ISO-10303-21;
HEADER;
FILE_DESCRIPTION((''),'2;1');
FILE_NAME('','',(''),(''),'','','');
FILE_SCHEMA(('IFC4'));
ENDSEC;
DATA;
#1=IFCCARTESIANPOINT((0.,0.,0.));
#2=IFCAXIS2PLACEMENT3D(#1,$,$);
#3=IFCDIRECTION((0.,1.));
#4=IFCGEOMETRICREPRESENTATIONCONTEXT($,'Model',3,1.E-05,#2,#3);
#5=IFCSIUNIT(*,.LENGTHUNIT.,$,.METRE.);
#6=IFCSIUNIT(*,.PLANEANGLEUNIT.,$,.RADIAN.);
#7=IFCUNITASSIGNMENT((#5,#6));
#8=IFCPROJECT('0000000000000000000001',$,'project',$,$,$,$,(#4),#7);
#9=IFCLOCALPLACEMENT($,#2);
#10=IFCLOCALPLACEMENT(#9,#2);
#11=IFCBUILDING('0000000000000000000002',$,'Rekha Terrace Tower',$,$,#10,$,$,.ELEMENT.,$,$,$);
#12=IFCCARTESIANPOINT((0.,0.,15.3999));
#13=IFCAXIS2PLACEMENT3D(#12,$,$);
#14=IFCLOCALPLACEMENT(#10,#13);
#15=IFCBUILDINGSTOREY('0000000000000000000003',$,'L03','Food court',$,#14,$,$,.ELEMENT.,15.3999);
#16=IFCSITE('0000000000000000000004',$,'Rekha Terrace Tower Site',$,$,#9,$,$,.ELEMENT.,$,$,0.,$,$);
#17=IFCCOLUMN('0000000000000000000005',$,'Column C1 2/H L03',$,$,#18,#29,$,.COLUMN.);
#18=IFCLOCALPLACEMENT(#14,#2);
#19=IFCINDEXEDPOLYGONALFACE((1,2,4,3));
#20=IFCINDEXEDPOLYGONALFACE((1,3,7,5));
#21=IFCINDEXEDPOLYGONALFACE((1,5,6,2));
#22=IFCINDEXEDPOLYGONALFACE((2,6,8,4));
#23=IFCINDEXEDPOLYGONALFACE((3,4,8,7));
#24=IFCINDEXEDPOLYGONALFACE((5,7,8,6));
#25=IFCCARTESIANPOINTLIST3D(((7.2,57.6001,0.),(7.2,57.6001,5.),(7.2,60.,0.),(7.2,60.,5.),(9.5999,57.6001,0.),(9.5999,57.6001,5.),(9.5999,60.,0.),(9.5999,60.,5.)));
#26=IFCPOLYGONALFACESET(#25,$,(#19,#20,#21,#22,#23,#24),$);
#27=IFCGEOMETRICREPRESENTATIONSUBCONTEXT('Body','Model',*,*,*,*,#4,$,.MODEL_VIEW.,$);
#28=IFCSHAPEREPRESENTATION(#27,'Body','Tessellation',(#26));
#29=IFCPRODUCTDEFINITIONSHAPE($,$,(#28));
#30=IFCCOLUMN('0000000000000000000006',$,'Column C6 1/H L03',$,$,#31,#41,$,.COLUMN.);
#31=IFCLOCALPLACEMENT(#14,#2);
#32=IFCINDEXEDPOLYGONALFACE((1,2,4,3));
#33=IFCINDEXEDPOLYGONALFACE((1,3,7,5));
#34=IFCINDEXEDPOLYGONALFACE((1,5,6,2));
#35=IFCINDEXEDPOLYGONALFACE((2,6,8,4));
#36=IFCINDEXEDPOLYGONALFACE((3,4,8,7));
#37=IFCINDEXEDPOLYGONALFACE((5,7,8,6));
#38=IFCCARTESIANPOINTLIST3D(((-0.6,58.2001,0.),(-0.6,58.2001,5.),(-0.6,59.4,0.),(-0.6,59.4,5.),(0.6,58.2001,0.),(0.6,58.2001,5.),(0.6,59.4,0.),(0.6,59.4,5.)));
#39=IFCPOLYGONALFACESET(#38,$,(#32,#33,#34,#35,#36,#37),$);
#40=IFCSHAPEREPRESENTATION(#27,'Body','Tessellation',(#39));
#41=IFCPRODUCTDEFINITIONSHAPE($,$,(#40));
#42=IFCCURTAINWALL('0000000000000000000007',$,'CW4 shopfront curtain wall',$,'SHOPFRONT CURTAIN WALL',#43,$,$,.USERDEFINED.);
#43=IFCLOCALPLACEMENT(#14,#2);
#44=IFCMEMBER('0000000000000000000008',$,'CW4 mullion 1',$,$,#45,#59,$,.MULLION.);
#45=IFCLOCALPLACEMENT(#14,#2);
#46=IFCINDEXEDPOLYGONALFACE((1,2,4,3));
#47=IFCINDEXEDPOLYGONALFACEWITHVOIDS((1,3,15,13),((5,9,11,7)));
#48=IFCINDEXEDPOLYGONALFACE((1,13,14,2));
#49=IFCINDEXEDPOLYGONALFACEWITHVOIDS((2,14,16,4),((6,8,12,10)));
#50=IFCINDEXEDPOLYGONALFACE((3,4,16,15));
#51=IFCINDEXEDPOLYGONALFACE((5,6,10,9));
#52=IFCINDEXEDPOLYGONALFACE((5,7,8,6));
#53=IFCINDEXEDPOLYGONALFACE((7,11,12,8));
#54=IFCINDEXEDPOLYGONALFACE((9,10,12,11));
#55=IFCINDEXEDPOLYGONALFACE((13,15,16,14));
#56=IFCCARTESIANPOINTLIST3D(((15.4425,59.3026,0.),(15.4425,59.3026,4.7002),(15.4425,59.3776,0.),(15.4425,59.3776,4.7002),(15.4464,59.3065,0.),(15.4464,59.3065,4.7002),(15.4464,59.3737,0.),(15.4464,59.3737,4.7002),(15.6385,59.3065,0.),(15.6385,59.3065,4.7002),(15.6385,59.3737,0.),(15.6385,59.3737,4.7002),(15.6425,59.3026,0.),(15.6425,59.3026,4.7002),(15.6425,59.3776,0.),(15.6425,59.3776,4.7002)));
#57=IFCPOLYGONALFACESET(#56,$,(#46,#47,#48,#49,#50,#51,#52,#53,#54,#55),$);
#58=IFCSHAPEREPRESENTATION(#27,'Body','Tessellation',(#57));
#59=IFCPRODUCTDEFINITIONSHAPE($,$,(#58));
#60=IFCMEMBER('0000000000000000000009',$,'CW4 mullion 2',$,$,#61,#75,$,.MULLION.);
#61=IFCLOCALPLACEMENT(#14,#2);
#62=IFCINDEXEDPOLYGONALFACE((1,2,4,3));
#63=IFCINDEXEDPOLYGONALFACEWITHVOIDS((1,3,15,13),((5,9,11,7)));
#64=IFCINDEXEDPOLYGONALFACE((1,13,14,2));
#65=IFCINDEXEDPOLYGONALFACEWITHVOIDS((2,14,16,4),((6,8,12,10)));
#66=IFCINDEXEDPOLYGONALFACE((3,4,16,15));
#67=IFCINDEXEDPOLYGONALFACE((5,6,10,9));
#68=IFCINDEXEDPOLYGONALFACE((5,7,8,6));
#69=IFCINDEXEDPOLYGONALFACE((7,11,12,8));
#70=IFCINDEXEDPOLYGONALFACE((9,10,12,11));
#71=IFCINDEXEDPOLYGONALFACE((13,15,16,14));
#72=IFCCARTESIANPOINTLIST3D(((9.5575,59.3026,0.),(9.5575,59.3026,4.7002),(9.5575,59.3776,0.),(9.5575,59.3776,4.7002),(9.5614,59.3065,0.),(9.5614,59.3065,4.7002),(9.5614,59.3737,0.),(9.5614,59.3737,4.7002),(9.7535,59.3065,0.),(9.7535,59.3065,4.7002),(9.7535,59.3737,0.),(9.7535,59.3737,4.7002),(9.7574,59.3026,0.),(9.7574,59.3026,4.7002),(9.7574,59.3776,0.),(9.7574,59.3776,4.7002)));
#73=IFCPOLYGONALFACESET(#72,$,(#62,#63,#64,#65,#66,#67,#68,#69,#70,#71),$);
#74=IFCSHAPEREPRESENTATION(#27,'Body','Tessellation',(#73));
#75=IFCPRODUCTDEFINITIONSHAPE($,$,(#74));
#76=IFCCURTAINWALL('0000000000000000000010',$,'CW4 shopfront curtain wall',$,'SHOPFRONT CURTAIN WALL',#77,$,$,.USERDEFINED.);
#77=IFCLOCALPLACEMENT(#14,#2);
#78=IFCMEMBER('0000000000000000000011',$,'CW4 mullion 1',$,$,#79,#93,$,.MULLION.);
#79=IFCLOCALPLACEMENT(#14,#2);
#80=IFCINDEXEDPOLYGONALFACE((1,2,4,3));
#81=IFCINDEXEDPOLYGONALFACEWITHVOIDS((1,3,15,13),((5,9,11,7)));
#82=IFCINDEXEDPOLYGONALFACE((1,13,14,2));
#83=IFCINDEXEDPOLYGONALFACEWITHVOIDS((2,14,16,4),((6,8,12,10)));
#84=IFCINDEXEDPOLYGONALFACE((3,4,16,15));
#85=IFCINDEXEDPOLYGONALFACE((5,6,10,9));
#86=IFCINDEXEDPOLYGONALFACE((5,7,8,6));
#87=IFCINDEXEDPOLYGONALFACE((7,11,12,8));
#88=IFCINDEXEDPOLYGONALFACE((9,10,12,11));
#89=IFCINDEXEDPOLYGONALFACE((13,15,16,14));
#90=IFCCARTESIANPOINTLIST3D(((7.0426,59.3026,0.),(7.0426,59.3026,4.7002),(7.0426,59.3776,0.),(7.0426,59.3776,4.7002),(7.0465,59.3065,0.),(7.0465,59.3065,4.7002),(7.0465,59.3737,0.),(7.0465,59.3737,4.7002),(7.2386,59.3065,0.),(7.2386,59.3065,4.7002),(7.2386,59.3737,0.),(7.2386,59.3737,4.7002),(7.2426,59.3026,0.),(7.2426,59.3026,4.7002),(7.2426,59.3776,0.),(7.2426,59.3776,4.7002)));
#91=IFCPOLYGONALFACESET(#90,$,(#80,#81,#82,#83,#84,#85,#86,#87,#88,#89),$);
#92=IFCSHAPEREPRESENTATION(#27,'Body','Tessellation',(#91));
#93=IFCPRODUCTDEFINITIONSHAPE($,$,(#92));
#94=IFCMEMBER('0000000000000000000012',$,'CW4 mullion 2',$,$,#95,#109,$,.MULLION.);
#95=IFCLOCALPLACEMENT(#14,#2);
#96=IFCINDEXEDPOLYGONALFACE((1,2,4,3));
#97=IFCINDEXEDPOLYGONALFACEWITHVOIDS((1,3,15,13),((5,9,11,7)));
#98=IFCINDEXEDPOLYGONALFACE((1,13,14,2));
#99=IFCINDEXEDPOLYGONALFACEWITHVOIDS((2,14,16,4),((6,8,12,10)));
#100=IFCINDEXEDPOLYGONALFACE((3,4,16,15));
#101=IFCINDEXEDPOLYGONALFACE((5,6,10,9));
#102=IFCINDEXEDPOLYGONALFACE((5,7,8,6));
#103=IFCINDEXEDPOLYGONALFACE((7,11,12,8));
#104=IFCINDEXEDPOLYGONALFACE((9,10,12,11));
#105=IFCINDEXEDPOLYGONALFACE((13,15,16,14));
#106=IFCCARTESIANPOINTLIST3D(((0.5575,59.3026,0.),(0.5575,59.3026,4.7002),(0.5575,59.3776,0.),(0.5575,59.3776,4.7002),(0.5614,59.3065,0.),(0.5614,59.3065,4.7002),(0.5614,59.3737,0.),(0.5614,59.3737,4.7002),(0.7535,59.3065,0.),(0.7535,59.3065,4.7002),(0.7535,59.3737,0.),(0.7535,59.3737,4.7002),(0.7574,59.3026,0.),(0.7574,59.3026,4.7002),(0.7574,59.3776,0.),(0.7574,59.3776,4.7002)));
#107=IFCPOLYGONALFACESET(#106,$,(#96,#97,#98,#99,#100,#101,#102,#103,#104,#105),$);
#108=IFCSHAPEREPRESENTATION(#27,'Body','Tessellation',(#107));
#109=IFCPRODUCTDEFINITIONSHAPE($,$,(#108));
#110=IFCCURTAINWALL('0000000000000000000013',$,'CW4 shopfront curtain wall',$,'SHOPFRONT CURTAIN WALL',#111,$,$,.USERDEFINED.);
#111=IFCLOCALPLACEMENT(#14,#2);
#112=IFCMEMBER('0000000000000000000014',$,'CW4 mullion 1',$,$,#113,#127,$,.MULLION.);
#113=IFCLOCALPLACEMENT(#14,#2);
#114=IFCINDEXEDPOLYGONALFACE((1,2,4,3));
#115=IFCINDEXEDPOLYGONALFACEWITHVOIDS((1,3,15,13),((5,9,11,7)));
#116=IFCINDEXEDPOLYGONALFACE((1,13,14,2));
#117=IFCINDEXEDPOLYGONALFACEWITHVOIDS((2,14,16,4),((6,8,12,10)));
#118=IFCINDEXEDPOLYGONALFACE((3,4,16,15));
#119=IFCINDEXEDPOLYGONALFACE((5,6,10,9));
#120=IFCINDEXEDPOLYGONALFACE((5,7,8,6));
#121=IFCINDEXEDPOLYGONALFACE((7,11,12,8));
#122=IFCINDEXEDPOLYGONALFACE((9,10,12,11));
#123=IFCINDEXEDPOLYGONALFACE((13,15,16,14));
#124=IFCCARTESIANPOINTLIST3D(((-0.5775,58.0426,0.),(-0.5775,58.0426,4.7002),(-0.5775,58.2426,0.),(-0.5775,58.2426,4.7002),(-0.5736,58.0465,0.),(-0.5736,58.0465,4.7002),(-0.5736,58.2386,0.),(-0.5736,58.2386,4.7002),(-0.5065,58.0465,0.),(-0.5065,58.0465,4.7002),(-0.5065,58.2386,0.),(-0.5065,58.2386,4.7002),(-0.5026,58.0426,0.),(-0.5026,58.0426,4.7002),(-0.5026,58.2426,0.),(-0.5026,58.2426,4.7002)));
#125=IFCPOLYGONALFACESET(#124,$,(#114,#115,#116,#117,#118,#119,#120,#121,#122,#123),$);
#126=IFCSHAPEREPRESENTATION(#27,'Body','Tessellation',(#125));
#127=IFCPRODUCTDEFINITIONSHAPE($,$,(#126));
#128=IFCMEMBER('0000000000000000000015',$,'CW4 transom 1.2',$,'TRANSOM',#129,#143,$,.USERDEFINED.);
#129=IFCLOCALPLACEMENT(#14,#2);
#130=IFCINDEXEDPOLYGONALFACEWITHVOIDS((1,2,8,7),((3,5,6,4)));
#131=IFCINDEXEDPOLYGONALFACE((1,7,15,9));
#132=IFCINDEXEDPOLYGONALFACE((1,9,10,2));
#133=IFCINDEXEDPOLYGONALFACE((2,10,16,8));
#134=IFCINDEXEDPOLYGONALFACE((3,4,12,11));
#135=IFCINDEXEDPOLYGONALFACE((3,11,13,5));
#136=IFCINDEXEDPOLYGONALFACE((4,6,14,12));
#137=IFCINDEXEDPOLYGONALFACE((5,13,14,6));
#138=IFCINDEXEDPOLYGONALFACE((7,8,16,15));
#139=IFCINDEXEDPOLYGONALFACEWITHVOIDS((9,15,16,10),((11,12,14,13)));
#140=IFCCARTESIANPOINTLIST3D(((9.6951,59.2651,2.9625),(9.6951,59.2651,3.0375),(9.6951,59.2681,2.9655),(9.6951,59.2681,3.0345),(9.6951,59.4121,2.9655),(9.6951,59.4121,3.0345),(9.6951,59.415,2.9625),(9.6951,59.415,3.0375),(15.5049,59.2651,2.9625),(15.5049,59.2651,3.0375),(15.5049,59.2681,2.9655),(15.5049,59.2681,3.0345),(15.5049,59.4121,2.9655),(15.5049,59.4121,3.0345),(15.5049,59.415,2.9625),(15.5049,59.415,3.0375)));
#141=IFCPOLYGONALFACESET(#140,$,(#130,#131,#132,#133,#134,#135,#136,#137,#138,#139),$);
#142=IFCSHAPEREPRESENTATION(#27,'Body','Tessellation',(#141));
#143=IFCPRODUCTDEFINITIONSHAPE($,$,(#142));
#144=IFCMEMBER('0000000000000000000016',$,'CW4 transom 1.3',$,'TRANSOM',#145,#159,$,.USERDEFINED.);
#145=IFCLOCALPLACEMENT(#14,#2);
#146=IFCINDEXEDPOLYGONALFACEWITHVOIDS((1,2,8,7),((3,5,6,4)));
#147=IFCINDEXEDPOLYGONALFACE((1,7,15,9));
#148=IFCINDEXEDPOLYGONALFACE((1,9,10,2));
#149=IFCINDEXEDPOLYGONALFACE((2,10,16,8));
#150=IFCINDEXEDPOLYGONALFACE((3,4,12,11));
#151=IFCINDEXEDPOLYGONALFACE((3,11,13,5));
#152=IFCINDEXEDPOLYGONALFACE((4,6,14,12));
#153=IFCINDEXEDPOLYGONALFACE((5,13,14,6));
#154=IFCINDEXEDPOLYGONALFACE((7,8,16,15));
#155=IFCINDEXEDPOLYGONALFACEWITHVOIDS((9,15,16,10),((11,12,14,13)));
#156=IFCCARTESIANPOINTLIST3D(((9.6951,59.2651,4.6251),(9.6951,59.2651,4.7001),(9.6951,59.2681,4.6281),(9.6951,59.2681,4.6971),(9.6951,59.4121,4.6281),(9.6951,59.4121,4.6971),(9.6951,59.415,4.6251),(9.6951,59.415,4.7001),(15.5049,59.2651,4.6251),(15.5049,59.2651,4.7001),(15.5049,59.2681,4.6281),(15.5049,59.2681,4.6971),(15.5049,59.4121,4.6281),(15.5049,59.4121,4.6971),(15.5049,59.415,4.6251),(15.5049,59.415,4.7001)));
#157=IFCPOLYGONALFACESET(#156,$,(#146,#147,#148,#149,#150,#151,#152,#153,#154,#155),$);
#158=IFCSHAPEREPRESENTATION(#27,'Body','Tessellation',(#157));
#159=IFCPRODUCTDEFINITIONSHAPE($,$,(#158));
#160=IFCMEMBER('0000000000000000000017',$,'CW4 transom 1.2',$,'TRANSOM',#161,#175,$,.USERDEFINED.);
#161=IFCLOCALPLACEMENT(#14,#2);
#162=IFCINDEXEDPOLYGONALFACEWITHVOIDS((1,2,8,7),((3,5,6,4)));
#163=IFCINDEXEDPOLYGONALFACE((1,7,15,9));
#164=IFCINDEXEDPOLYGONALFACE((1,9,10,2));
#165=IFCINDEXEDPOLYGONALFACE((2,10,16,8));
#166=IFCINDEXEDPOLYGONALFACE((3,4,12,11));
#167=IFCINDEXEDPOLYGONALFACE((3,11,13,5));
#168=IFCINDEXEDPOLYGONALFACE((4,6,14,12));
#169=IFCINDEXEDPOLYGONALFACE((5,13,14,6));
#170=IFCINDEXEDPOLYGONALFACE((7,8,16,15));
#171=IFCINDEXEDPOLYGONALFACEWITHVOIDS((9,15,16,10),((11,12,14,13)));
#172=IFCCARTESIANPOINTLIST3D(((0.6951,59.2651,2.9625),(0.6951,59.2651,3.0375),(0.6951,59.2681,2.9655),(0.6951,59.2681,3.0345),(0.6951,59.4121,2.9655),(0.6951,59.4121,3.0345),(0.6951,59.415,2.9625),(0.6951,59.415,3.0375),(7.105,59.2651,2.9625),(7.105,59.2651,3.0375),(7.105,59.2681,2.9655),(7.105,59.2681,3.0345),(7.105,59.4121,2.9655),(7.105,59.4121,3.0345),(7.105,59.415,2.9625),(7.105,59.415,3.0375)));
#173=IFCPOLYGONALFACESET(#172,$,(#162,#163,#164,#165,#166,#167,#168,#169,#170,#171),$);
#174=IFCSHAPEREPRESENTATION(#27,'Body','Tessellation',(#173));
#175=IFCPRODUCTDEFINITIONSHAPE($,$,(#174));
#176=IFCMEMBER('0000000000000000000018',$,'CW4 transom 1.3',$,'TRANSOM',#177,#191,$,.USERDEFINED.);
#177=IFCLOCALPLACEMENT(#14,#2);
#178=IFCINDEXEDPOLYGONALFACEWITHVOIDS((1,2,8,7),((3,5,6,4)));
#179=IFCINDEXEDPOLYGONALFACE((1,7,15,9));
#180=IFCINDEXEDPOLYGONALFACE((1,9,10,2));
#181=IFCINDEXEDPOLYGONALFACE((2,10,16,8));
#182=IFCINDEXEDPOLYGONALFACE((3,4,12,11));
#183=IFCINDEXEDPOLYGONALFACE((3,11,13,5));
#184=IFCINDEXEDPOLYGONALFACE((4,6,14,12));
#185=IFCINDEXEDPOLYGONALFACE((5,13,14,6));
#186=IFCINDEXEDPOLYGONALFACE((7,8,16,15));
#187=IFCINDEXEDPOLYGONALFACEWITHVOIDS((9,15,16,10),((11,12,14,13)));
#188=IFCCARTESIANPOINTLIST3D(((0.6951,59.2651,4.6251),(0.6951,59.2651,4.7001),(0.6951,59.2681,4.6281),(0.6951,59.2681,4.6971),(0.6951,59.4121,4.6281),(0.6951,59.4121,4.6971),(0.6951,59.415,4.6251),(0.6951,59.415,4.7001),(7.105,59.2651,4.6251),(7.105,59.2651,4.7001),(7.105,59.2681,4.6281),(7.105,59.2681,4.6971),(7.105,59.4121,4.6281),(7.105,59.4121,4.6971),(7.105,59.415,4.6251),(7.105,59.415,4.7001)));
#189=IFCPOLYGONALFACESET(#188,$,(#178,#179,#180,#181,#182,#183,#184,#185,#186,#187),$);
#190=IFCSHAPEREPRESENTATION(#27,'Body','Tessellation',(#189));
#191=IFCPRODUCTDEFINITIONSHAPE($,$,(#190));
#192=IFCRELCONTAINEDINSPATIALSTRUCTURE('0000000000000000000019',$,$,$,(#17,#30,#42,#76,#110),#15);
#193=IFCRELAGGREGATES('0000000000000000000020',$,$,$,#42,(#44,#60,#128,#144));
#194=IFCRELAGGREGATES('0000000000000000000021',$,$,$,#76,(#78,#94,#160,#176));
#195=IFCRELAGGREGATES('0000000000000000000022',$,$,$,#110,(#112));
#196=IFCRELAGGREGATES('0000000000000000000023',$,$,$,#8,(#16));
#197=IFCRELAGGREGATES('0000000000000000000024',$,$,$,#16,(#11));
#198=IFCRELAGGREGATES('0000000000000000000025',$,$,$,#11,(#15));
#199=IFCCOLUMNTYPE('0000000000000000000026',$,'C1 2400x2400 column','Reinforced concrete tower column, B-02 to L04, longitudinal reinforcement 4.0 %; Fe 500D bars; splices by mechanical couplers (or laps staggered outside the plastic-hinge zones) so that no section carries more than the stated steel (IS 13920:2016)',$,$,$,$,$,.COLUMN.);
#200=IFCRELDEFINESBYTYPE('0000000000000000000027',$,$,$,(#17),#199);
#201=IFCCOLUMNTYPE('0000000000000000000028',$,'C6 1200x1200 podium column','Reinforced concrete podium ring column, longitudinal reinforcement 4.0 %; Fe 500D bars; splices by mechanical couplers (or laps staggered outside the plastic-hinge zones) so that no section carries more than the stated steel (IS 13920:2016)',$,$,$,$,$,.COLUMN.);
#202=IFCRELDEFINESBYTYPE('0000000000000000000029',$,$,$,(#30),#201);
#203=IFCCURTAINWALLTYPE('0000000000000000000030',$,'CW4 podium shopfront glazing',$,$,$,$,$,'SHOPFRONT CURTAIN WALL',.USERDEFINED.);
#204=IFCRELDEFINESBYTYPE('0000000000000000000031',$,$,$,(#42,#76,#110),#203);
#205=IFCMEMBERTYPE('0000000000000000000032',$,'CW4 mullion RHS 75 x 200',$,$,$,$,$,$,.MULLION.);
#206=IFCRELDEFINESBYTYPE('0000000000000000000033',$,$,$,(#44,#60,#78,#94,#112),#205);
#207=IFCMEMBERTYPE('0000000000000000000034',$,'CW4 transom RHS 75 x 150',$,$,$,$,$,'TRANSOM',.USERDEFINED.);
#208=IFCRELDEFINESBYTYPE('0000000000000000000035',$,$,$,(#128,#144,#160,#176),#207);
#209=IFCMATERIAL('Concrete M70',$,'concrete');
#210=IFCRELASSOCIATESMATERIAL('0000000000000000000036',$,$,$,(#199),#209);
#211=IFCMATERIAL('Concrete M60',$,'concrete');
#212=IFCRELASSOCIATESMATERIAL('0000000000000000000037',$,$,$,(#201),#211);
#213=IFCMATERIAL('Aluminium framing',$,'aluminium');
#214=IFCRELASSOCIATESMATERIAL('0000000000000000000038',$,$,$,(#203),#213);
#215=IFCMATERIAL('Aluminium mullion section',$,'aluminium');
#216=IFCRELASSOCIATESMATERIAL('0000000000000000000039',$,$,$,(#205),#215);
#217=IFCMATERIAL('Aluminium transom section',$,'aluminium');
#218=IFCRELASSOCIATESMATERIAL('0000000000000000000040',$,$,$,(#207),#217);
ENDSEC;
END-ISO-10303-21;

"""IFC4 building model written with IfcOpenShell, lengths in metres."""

from ifc_helpers import new_model, si_unit, direction, frame, origin, origin_2d, place, context, subcontext, project, spatial, rectangle, hollow_rectangle, extrude, material, material_profile, profile_set, type_object, element, aggregate, save


model = new_model("IFC4")

# Units and contexts
model_context = context("Model", 3, precision=1e-05, world=origin(), true_north=direction((0.0, 1.0)))
body_context = subcontext(model_context, "Body", "Model", "MODEL_VIEW")
ifc_project = project(units=[si_unit("LENGTHUNIT", "METRE"), si_unit("PLANEANGLEUNIT", "RADIAN")], contexts=[model_context])

# Site, building, storey
site_placement = place(None, origin())
site = spatial("IfcSite", under=ifc_project, at=site_placement, Name="Rekha Terrace Tower Site", CompositionType="ELEMENT", RefElevation=0.0)
building_placement = place(site_placement, origin())
building = spatial("IfcBuilding", under=site, at=building_placement, Name="Rekha Terrace Tower", CompositionType="ELEMENT")
storey_placement = place(building_placement, frame((0.0, 0.0, 15.3999)))
storey = spatial("IfcBuildingStorey", under=building, at=storey_placement, Name="L03", Description="Food court", CompositionType="ELEMENT", Elevation=15.3999)

# Columns
ifc_material_1 = material(Name="Concrete M70", Category="concrete")
ifc_material_profile_1 = material_profile(ifc_material_1, rectangle(XDim=2.3999, YDim=2.3999, at=origin_2d()), Name="RC 2400x2400")
ifc_profile_set_1 = profile_set([ifc_material_profile_1], Name="Concrete M70")
column_type_1 = type_object("IfcColumnType", Name="C1 2400x2400 column", Description="Reinforced concrete tower column, B-02 to L04, longitudinal reinforcement 4.0 %; Fe 500D bars; splices by mechanical couplers (or laps staggered outside the plastic-hinge zones) so that no section carries more than the stated steel (IS 13920:2016)", PredefinedType="COLUMN", material=ifc_profile_set_1)
column_1_placement = place(storey_placement, frame((8.3999, 58.8, 0.0), z_axis=(0.0, 0.0, 1.0), x_axis=(1.0, 0.0, 0.0)))
element("IfcColumn", 1, at=column_1_placement, inside=storey, type_object=column_type_1, Name="Column C1 2/H L03", PredefinedType="COLUMN", context=body_context, shape_type="SweptSolid", body=[
    extrude(rectangle(XDim=2.3999, YDim=2.3999, at=origin_2d()), origin(), (0.0, 0.0, 1.0), 5.0),
])
ifc_material_2 = material(Name="Concrete M60", Category="concrete")
ifc_material_profile_2 = material_profile(ifc_material_2, rectangle(XDim=1.2, YDim=1.2, at=origin_2d()), Name="RC 1200x1200")
ifc_profile_set_2 = profile_set([ifc_material_profile_2], Name="Concrete M60")
column_type_2 = type_object("IfcColumnType", Name="C6 1200x1200 podium column", Description="Reinforced concrete podium ring column, longitudinal reinforcement 4.0 %; Fe 500D bars; splices by mechanical couplers (or laps staggered outside the plastic-hinge zones) so that no section carries more than the stated steel (IS 13920:2016)", PredefinedType="COLUMN", material=ifc_profile_set_2)
column_2_placement = place(storey_placement, frame((0.0, 58.8, 0.0), z_axis=(0.0, 0.0, 1.0), x_axis=(1.0, 0.0, 0.0)))
element("IfcColumn", 2, at=column_2_placement, inside=storey, type_object=column_type_2, Name="Column C6 1/H L03", PredefinedType="COLUMN", context=body_context, shape_type="SweptSolid", body=[
    extrude(rectangle(XDim=1.2, YDim=1.2, at=origin_2d()), origin(), (0.0, 0.0, 1.0), 5.0),
])

# Curtain walls, members
ifc_material_3 = material(Name="Aluminium framing", Category="aluminium")
curtain_wall_type = type_object("IfcCurtainWallType", Name="CW4 podium shopfront glazing", ElementType="SHOPFRONT CURTAIN WALL", PredefinedType="USERDEFINED", material=ifc_material_3)
curtain_wall_1_placement = place(storey_placement, origin())
curtain_wall_1 = element("IfcCurtainWall", 3, at=curtain_wall_1_placement, inside=storey, type_object=curtain_wall_type, Name="CW4 shopfront curtain wall", ObjectType="SHOPFRONT CURTAIN WALL", PredefinedType="USERDEFINED")
ifc_material_4 = material(Name="Aluminium mullion section", Category="aluminium")
ifc_material_profile_3 = material_profile(ifc_material_4, hollow_rectangle(XDim=0.075, YDim=0.2, WallThickness=0.0039, at=origin_2d()), Name="AL RHS 75x200")
ifc_profile_set_3 = profile_set([ifc_material_profile_3], Name="Aluminium mullion section")
member_type_1 = type_object("IfcMemberType", Name="CW4 mullion RHS 75 x 200", PredefinedType="MULLION", material=ifc_profile_set_3)
member_1_placement = place(storey_placement, frame((15.5425, 59.3401, 0.0), z_axis=(0.0, 0.0, 1.0), x_axis=(0.0, -1.0, 0.0)))
member_1 = element("IfcMember", 4, at=member_1_placement, type_object=member_type_1, Name="CW4 mullion 1", PredefinedType="MULLION", context=body_context, shape_type="SweptSolid", body=[
    extrude(hollow_rectangle(XDim=0.075, YDim=0.2, WallThickness=0.0039, at=origin_2d()), origin(), (0.0, 0.0, 1.0), 4.7002),
])
member_2_placement = place(storey_placement, frame((9.6575, 59.3401, 0.0), z_axis=(0.0, 0.0, 1.0), x_axis=(0.0, -1.0, 0.0)))
member_2 = element("IfcMember", 5, at=member_2_placement, type_object=member_type_1, Name="CW4 mullion 2", PredefinedType="MULLION", context=body_context, shape_type="SweptSolid", body=[
    extrude(hollow_rectangle(XDim=0.075, YDim=0.2, WallThickness=0.0039, at=origin_2d()), origin(), (0.0, 0.0, 1.0), 4.7002),
])
curtain_wall_2_placement = place(storey_placement, origin())
curtain_wall_2 = element("IfcCurtainWall", 6, at=curtain_wall_2_placement, inside=storey, type_object=curtain_wall_type, Name="CW4 shopfront curtain wall", ObjectType="SHOPFRONT CURTAIN WALL", PredefinedType="USERDEFINED")
member_3_placement = place(storey_placement, frame((7.1426, 59.3401, 0.0), z_axis=(0.0, 0.0, 1.0), x_axis=(0.0, -1.0, 0.0)))
member_3 = element("IfcMember", 7, at=member_3_placement, type_object=member_type_1, Name="CW4 mullion 1", PredefinedType="MULLION", context=body_context, shape_type="SweptSolid", body=[
    extrude(hollow_rectangle(XDim=0.075, YDim=0.2, WallThickness=0.0039, at=origin_2d()), origin(), (0.0, 0.0, 1.0), 4.7002),
])
member_4_placement = place(storey_placement, frame((0.6575, 59.3401, 0.0), z_axis=(0.0, 0.0, 1.0), x_axis=(0.0, -1.0, 0.0)))
member_4 = element("IfcMember", 8, at=member_4_placement, type_object=member_type_1, Name="CW4 mullion 2", PredefinedType="MULLION", context=body_context, shape_type="SweptSolid", body=[
    extrude(hollow_rectangle(XDim=0.075, YDim=0.2, WallThickness=0.0039, at=origin_2d()), origin(), (0.0, 0.0, 1.0), 4.7002),
])

# Curtain wall, member
curtain_wall_3_placement = place(storey_placement, origin())
curtain_wall_3 = element("IfcCurtainWall", 9, at=curtain_wall_3_placement, inside=storey, type_object=curtain_wall_type, Name="CW4 shopfront curtain wall", ObjectType="SHOPFRONT CURTAIN WALL", PredefinedType="USERDEFINED")
member_5_placement = place(storey_placement, frame((-0.54, 58.1426, 0.0), z_axis=(0.0, 0.0, 1.0), x_axis=(1.0, 0.0, 0.0)))
member_5 = element("IfcMember", 10, at=member_5_placement, type_object=member_type_1, Name="CW4 mullion 1", PredefinedType="MULLION", context=body_context, shape_type="SweptSolid", body=[
    extrude(hollow_rectangle(XDim=0.075, YDim=0.2, WallThickness=0.0039, at=origin_2d()), origin(), (0.0, 0.0, 1.0), 4.7002),
])

# Members
ifc_material_5 = material(Name="Aluminium transom section", Category="aluminium")
ifc_material_profile_4 = material_profile(ifc_material_5, hollow_rectangle(XDim=0.1499, YDim=0.075, WallThickness=0.0029, at=origin_2d()), Name="AL RHS 150x75")
ifc_profile_set_4 = profile_set([ifc_material_profile_4], Name="Aluminium transom section")
member_type_2 = type_object("IfcMemberType", Name="CW4 transom RHS 75 x 150", ElementType="TRANSOM", PredefinedType="USERDEFINED", material=ifc_profile_set_4)
member_6_placement = place(storey_placement, frame((15.5049, 59.3401, 3.0), z_axis=(-1.0, 0.0, 0.0), x_axis=(0.0, -1.0, 0.0)))
member_6 = element("IfcMember", 11, at=member_6_placement, type_object=member_type_2, Name="CW4 transom 1.2", ObjectType="TRANSOM", PredefinedType="USERDEFINED", context=body_context, shape_type="SweptSolid", body=[
    extrude(hollow_rectangle(XDim=0.1499, YDim=0.075, WallThickness=0.0029, at=origin_2d()), origin(), (0.0, 0.0, 1.0), 5.8098),
])
member_7_placement = place(storey_placement, frame((15.5049, 59.3401, 4.6626), z_axis=(-1.0, 0.0, 0.0), x_axis=(0.0, -1.0, 0.0)))
member_7 = element("IfcMember", 12, at=member_7_placement, type_object=member_type_2, Name="CW4 transom 1.3", ObjectType="TRANSOM", PredefinedType="USERDEFINED", context=body_context, shape_type="SweptSolid", body=[
    extrude(hollow_rectangle(XDim=0.1499, YDim=0.075, WallThickness=0.0029, at=origin_2d()), origin(), (0.0, 0.0, 1.0), 5.8098),
])
member_8_placement = place(storey_placement, frame((7.105, 59.3401, 3.0), z_axis=(-1.0, 0.0, 0.0), x_axis=(0.0, -1.0, 0.0)))
member_8 = element("IfcMember", 13, at=member_8_placement, type_object=member_type_2, Name="CW4 transom 1.2", ObjectType="TRANSOM", PredefinedType="USERDEFINED", context=body_context, shape_type="SweptSolid", body=[
    extrude(hollow_rectangle(XDim=0.1499, YDim=0.075, WallThickness=0.0029, at=origin_2d()), origin(), (0.0, 0.0, 1.0), 6.4099),
])
member_9_placement = place(storey_placement, frame((7.105, 59.3401, 4.6626), z_axis=(-1.0, 0.0, 0.0), x_axis=(0.0, -1.0, 0.0)))
member_9 = element("IfcMember", 14, at=member_9_placement, type_object=member_type_2, Name="CW4 transom 1.3", ObjectType="TRANSOM", PredefinedType="USERDEFINED", context=body_context, shape_type="SweptSolid", body=[
    extrude(hollow_rectangle(XDim=0.1499, YDim=0.075, WallThickness=0.0029, at=origin_2d()), origin(), (0.0, 0.0, 1.0), 6.4099),
])

aggregate(curtain_wall_1, [member_1, member_2, member_6, member_7])
aggregate(curtain_wall_2, [member_3, member_4, member_8, member_9])
aggregate(curtain_wall_3, [member_5])

save(model, "model.ifc")
